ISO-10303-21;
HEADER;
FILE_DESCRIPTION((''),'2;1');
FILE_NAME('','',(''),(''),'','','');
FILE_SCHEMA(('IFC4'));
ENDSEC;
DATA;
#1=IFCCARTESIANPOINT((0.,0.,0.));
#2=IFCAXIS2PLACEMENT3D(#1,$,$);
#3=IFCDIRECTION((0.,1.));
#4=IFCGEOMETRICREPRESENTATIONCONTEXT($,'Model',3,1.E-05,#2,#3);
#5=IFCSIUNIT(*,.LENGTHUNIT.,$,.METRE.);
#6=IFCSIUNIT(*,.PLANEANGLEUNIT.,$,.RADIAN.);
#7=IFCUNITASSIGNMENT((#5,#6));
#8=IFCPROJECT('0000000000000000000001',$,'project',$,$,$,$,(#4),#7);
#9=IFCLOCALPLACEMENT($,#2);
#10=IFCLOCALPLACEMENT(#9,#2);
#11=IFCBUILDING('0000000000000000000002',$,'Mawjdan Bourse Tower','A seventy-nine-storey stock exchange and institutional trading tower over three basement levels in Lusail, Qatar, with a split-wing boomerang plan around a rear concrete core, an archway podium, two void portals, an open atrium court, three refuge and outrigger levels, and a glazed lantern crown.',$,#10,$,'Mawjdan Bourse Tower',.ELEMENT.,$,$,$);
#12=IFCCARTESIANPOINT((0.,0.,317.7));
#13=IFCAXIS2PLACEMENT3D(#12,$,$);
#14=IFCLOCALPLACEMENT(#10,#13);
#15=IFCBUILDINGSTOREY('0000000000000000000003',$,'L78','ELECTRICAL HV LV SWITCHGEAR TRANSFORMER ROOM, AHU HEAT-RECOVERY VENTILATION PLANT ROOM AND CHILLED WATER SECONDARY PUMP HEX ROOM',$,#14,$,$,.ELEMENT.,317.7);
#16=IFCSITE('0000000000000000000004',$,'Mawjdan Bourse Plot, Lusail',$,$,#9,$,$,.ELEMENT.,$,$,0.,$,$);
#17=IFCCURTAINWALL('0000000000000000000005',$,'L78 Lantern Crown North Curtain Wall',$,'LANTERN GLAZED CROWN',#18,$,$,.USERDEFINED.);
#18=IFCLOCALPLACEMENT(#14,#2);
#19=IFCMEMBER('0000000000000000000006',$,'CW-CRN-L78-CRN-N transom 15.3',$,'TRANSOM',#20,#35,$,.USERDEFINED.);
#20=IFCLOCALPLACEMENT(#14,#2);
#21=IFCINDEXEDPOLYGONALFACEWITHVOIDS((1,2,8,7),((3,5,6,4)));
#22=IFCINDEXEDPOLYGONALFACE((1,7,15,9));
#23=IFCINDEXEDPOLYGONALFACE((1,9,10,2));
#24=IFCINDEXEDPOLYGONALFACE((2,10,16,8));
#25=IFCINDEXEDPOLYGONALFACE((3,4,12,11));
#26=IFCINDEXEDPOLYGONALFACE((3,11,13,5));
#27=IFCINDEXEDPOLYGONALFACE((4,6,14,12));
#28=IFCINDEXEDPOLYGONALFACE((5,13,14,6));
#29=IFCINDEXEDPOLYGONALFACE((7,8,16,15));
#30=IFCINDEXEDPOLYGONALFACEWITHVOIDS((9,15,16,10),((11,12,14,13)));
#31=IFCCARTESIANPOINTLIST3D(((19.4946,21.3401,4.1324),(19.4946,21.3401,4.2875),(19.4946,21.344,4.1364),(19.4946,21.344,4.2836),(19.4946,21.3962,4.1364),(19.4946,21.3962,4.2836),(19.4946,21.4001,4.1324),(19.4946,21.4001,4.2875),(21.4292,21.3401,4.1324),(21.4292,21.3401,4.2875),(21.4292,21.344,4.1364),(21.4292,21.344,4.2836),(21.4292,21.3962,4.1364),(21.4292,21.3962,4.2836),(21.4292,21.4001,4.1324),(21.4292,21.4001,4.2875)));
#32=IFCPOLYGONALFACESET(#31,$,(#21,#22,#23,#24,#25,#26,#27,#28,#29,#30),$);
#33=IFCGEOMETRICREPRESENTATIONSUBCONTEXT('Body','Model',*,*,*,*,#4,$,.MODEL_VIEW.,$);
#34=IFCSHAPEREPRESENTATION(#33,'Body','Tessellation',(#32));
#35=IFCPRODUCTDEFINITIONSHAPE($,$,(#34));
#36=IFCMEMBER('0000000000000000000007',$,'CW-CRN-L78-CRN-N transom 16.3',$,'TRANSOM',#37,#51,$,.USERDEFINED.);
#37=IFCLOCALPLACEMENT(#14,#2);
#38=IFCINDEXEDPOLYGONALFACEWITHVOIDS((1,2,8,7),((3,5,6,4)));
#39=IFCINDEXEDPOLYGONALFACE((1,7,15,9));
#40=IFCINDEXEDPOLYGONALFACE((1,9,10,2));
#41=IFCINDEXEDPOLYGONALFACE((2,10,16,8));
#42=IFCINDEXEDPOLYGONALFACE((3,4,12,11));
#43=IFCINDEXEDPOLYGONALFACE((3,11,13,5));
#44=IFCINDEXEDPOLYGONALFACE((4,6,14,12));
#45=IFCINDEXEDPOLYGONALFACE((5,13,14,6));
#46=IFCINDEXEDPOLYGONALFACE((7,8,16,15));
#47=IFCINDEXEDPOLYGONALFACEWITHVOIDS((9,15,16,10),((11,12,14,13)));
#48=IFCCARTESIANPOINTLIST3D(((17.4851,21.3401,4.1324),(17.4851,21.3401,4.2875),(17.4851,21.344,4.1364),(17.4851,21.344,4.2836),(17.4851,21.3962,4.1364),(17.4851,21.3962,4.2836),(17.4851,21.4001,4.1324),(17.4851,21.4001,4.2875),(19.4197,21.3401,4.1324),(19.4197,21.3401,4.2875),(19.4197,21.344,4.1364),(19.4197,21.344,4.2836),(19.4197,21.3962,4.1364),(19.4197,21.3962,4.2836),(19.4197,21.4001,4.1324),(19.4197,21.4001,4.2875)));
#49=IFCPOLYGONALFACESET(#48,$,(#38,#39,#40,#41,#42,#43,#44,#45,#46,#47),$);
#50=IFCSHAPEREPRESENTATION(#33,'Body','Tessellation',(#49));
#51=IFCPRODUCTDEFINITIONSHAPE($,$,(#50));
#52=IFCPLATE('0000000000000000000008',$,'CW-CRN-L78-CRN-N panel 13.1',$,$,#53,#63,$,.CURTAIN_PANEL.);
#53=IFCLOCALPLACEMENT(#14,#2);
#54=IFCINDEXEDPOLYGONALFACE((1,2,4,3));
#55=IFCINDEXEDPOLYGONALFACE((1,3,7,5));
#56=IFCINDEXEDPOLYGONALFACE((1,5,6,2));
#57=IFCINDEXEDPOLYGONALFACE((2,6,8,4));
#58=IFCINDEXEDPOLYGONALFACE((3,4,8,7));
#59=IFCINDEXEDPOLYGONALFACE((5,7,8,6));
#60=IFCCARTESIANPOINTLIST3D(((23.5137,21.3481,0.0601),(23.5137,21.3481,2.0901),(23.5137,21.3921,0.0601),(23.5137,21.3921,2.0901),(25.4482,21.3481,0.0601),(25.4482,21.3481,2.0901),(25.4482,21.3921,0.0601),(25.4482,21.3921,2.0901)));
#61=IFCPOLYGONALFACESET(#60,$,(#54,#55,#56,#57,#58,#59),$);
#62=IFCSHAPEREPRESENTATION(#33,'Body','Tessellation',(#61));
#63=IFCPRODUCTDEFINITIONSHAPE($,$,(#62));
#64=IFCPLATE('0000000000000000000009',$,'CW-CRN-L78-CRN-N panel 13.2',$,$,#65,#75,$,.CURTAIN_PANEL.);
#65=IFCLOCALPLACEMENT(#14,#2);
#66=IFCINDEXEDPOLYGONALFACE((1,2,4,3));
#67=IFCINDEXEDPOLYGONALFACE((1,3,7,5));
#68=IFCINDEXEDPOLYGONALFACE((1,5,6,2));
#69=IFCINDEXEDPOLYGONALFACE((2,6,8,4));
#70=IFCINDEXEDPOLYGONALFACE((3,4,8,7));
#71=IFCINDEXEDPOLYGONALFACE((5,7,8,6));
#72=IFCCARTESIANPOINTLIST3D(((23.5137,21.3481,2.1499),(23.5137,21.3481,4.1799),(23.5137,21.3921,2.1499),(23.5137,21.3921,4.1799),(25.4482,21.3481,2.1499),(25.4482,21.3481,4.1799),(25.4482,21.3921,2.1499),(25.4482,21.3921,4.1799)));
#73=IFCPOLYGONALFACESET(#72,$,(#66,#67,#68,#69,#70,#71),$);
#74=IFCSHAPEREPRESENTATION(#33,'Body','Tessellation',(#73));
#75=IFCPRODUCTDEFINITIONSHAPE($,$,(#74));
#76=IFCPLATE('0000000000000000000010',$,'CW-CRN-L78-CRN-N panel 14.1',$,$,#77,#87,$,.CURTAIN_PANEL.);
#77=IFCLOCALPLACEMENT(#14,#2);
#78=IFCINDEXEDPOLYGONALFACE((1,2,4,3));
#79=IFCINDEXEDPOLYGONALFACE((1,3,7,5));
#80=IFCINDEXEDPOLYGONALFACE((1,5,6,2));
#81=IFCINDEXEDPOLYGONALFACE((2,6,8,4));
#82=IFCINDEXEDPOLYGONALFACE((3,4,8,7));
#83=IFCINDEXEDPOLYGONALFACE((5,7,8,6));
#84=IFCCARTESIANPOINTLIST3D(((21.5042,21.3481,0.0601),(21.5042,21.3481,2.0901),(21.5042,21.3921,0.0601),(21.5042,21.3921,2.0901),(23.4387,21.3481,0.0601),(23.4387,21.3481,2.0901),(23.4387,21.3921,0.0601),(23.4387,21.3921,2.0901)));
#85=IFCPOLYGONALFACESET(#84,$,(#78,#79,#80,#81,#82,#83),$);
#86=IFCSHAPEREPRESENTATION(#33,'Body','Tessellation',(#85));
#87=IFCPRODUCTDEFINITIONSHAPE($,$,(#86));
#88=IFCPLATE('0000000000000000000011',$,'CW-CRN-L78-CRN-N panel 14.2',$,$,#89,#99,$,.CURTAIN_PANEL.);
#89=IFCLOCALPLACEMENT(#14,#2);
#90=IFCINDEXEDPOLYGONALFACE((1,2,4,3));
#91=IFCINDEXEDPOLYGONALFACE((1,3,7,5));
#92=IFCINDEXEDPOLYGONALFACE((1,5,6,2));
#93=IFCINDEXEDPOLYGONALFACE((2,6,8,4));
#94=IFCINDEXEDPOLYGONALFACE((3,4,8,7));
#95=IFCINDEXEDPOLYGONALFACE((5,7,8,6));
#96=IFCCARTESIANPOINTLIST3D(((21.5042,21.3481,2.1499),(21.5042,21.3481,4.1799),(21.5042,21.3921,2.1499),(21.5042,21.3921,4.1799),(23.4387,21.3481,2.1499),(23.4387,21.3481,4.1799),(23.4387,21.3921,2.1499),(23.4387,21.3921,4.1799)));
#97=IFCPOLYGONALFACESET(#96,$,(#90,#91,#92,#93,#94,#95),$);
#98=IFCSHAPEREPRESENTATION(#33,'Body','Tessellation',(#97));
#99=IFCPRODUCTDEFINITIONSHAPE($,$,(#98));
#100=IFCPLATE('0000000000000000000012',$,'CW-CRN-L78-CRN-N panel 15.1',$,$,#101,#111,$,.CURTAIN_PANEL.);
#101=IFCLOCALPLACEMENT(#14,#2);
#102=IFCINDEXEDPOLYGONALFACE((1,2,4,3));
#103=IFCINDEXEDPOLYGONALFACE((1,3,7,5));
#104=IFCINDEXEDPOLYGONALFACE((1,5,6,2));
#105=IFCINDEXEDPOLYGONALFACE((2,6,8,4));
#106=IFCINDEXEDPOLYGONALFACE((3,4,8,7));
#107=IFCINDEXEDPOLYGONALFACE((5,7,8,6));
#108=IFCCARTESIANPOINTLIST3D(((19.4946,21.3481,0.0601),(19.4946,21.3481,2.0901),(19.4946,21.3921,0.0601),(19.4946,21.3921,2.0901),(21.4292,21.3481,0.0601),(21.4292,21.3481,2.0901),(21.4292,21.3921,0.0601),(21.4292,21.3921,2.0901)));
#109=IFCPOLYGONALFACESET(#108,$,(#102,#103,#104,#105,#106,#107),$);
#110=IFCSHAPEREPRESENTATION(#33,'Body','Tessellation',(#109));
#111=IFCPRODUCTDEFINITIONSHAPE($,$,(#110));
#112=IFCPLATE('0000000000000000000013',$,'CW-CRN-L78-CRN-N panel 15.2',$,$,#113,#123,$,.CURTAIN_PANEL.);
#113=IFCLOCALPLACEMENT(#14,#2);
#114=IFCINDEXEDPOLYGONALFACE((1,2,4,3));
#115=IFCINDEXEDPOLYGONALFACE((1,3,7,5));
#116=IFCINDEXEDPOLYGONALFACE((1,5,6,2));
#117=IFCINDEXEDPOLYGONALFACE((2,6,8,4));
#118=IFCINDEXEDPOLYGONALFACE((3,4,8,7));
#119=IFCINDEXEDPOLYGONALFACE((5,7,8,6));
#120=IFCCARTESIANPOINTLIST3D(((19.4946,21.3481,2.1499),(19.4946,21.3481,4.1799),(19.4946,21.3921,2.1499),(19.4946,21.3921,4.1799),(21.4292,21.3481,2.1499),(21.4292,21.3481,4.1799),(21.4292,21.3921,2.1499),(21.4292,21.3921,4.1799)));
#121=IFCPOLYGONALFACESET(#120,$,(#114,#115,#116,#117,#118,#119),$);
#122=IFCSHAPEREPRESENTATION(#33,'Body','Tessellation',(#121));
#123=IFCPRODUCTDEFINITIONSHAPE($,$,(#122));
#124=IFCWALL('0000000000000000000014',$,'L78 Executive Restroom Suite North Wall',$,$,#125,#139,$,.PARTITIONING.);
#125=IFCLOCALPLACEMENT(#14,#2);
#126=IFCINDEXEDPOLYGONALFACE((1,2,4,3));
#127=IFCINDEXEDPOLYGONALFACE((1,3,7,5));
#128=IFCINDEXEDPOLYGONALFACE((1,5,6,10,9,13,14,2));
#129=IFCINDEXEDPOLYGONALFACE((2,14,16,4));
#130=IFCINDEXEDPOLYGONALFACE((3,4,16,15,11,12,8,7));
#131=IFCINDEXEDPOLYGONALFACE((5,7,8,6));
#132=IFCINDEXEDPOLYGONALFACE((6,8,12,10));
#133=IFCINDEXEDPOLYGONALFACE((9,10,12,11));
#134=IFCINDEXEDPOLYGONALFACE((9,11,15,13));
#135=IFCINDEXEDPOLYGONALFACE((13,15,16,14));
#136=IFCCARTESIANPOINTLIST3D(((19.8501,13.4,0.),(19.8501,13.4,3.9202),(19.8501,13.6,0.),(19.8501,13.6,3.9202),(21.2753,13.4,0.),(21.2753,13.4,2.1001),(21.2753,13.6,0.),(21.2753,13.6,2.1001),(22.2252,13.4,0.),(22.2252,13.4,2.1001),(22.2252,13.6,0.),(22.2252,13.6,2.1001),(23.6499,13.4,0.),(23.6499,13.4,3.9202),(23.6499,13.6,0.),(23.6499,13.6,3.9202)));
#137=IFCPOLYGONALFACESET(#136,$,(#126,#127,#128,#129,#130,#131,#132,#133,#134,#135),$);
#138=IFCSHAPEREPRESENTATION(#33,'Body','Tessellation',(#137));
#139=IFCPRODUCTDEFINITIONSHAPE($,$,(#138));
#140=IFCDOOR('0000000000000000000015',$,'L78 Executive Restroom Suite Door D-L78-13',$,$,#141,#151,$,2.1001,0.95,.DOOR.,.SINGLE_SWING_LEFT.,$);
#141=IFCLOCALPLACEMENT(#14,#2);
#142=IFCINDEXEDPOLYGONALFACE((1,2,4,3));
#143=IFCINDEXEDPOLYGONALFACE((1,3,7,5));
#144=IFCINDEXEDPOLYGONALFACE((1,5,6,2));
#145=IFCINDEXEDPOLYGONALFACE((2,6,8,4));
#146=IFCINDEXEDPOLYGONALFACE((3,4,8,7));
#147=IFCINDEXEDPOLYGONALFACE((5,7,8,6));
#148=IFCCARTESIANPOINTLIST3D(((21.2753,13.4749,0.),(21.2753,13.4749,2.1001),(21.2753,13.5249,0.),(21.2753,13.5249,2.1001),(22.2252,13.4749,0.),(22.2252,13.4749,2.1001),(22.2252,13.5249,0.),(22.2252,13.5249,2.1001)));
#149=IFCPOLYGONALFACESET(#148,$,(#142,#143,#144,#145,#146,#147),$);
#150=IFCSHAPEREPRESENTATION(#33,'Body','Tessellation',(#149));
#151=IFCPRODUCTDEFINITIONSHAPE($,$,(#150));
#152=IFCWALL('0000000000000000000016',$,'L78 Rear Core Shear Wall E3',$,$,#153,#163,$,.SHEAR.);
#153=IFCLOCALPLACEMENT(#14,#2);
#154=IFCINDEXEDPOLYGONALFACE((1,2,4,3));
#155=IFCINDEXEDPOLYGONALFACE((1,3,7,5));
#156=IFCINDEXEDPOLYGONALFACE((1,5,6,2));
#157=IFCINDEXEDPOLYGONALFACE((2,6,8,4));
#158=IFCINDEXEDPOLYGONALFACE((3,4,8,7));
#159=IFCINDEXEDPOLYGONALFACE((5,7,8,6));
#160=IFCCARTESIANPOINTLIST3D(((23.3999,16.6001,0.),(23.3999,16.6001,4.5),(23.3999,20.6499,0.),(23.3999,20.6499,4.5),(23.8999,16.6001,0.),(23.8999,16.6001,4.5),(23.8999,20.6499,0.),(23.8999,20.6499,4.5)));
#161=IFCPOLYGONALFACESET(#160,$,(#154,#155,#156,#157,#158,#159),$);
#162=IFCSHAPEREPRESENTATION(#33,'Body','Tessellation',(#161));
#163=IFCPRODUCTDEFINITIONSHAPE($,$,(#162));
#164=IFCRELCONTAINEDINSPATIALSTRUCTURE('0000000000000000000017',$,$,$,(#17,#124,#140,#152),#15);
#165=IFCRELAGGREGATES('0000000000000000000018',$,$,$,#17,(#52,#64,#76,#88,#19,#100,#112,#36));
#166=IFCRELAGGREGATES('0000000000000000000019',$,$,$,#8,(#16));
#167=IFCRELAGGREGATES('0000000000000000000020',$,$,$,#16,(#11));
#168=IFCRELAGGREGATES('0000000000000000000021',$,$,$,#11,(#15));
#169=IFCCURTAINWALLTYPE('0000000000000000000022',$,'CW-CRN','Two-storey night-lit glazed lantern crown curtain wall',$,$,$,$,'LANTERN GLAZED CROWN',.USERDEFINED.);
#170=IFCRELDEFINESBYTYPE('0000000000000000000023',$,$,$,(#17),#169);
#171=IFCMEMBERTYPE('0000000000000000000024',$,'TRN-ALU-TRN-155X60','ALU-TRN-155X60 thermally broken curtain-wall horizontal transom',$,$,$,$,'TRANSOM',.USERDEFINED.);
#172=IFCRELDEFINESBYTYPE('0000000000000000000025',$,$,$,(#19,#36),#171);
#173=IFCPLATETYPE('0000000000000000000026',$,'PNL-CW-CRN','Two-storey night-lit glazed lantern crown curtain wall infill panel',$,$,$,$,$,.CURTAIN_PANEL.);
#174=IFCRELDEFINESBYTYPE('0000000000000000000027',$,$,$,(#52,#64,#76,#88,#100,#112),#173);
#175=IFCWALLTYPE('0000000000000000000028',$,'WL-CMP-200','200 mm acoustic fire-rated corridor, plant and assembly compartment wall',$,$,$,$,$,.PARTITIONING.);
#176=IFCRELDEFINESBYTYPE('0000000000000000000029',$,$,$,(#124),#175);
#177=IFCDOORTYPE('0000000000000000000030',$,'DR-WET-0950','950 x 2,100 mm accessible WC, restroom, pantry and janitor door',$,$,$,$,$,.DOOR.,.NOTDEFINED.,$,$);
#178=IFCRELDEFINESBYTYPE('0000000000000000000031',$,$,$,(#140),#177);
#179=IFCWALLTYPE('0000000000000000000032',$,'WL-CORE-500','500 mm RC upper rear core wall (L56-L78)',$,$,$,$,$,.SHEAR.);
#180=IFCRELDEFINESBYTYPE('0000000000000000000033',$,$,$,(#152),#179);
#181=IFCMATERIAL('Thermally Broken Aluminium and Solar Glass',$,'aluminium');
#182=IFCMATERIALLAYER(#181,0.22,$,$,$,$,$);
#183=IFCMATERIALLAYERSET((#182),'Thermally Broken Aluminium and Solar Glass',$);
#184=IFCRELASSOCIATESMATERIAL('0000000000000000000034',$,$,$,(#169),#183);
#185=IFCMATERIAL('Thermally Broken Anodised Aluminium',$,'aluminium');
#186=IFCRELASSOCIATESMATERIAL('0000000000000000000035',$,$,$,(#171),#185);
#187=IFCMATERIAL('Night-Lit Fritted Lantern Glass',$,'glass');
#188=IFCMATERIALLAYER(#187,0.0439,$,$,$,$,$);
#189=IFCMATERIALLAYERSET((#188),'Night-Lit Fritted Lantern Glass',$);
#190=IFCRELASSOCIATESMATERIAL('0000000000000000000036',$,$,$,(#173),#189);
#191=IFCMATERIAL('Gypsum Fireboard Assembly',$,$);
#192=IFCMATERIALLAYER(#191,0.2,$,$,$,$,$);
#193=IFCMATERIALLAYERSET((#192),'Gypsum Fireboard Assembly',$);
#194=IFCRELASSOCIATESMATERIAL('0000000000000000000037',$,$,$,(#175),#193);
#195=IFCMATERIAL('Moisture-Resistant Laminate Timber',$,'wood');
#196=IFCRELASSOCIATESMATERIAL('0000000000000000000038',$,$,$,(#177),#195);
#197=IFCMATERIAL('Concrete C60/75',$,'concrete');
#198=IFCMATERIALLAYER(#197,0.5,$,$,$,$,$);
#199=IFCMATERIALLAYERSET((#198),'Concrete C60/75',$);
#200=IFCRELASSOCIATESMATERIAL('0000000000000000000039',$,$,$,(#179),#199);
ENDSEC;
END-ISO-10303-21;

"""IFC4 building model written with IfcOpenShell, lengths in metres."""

from ifc_helpers import new_model, si_unit, direction, frame, frame_2d, origin, origin_2d, place, context, subcontext, project, spatial, rectangle, hollow_rectangle, extrude, material, layer, layer_set, material_profile, profile_set, type_object, element, fill, aggregate, save


model = new_model("IFC4")

# Units and contexts
model_context = context("Model", 3, precision=1e-05, world=origin(), true_north=direction((0.0, 1.0)))
body_context = subcontext(model_context, "Body", "Model", "MODEL_VIEW")
ifc_project = project(units=[si_unit("LENGTHUNIT", "METRE"), si_unit("PLANEANGLEUNIT", "RADIAN")], contexts=[model_context])

# Site, building, storey
site_placement = place(None, origin())
site = spatial("IfcSite", under=ifc_project, at=site_placement, Name="Mawjdan Bourse Plot, Lusail", CompositionType="ELEMENT", RefElevation=0.0)
building_placement = place(site_placement, origin())
building = spatial("IfcBuilding", under=site, at=building_placement, Name="Mawjdan Bourse Tower", Description="A seventy-nine-storey stock exchange and institutional trading tower over three basement levels in Lusail, Qatar, with a split-wing boomerang plan around a rear concrete core, an archway podium, two void portals, an open atrium court, three refuge and outrigger levels, and a glazed lantern crown.", LongName="Mawjdan Bourse Tower", CompositionType="ELEMENT")
storey_placement = place(building_placement, frame((0.0, 0.0, 317.7)))
storey = spatial("IfcBuildingStorey", under=building, at=storey_placement, Name="L78", Description="ELECTRICAL HV LV SWITCHGEAR TRANSFORMER ROOM, AHU HEAT-RECOVERY VENTILATION PLANT ROOM AND CHILLED WATER SECONDARY PUMP HEX ROOM", CompositionType="ELEMENT", Elevation=317.7)

# Curtain wall
ifc_material_1 = material(Name="Thermally Broken Aluminium and Solar Glass", Category="aluminium")
ifc_layer_1 = layer(ifc_material_1, 0.22)
ifc_layer_set_1 = layer_set([ifc_layer_1], Name="Thermally Broken Aluminium and Solar Glass")
curtain_wall_type = type_object("IfcCurtainWallType", Name="CW-CRN", Description="Two-storey night-lit glazed lantern crown curtain wall", ElementType="LANTERN GLAZED CROWN", PredefinedType="USERDEFINED", material=ifc_layer_set_1)
curtain_wall_placement = place(storey_placement, origin())
curtain_wall = element("IfcCurtainWall", 1, at=curtain_wall_placement, inside=storey, type_object=curtain_wall_type, Name="L78 Lantern Crown North Curtain Wall", ObjectType="LANTERN GLAZED CROWN", PredefinedType="USERDEFINED")
ifc_material_2 = material(Name="Thermally Broken Anodised Aluminium", Category="aluminium")

# Members
ifc_material_profile_1 = material_profile(ifc_material_2, hollow_rectangle(XDim=0.0601, YDim=0.155, WallThickness=0.0039, at=origin_2d()), Name="ALU-TRN-155X60")
ifc_profile_set_1 = profile_set([ifc_material_profile_1], Name="Thermally Broken Anodised Aluminium")
member_type_1 = type_object("IfcMemberType", Name="TRN-ALU-TRN-155X60", Description="ALU-TRN-155X60 thermally broken curtain-wall horizontal transom", ElementType="TRANSOM", PredefinedType="USERDEFINED", material=ifc_profile_set_1)
member_1_placement = place(storey_placement, frame((21.4292, 21.3701, 4.21), z_axis=(-1.0, 0.0, 0.0), x_axis=(0.0, -1.0, 0.0)))
member_1 = element("IfcMember", 2, at=member_1_placement, type_object=member_type_1, Name="CW-CRN-L78-CRN-N transom 15.3", ObjectType="TRANSOM", PredefinedType="USERDEFINED", context=body_context, shape_type="SweptSolid", body=[
    extrude(hollow_rectangle(XDim=0.0601, YDim=0.155, WallThickness=0.0039, at=origin_2d()), origin(), (0.0, 0.0, 1.0), 1.9346),
])
member_2_placement = place(storey_placement, frame((19.4197, 21.3701, 4.21), z_axis=(-1.0, 0.0, 0.0), x_axis=(0.0, -1.0, 0.0)))
member_2 = element("IfcMember", 3, at=member_2_placement, type_object=member_type_1, Name="CW-CRN-L78-CRN-N transom 16.3", ObjectType="TRANSOM", PredefinedType="USERDEFINED", context=body_context, shape_type="SweptSolid", body=[
    extrude(hollow_rectangle(XDim=0.0601, YDim=0.155, WallThickness=0.0039, at=origin_2d()), origin(), (0.0, 0.0, 1.0), 1.9346),
])

# Plates
ifc_material_3 = material(Name="Night-Lit Fritted Lantern Glass", Category="glass")
ifc_layer_2 = layer(ifc_material_3, 0.0439)
ifc_layer_set_2 = layer_set([ifc_layer_2], Name="Night-Lit Fritted Lantern Glass")
plate_type = type_object("IfcPlateType", Name="PNL-CW-CRN", Description="Two-storey night-lit glazed lantern crown curtain wall infill panel", PredefinedType="CURTAIN_PANEL", material=ifc_layer_set_2)
plate_1_placement = place(storey_placement, frame((24.481, 21.3701, 0.0601), z_axis=(0.0, 0.0, 1.0), x_axis=(-1.0, 0.0, 0.0)))
plate_1 = element("IfcPlate", 4, at=plate_1_placement, type_object=plate_type, Name="CW-CRN-L78-CRN-N panel 13.1", PredefinedType="CURTAIN_PANEL", context=body_context, shape_type="SweptSolid", body=[
    extrude(rectangle(XDim=1.9346, YDim=0.0439, at=origin_2d()), origin(), (0.0, 0.0, 1.0), 2.03),
])
plate_2_placement = place(storey_placement, frame((24.481, 21.3701, 2.1499), z_axis=(0.0, 0.0, 1.0), x_axis=(-1.0, 0.0, 0.0)))
plate_2 = element("IfcPlate", 5, at=plate_2_placement, type_object=plate_type, Name="CW-CRN-L78-CRN-N panel 13.2", PredefinedType="CURTAIN_PANEL", context=body_context, shape_type="SweptSolid", body=[
    extrude(rectangle(XDim=1.9346, YDim=0.0439, at=origin_2d()), origin(), (0.0, 0.0, 1.0), 2.03),
])
plate_3_placement = place(storey_placement, frame((22.4714, 21.3701, 0.0601), z_axis=(0.0, 0.0, 1.0), x_axis=(-1.0, 0.0, 0.0)))
plate_3 = element("IfcPlate", 6, at=plate_3_placement, type_object=plate_type, Name="CW-CRN-L78-CRN-N panel 14.1", PredefinedType="CURTAIN_PANEL", context=body_context, shape_type="SweptSolid", body=[
    extrude(rectangle(XDim=1.9346, YDim=0.0439, at=origin_2d()), origin(), (0.0, 0.0, 1.0), 2.03),
])
plate_4_placement = place(storey_placement, frame((22.4714, 21.3701, 2.1499), z_axis=(0.0, 0.0, 1.0), x_axis=(-1.0, 0.0, 0.0)))
plate_4 = element("IfcPlate", 7, at=plate_4_placement, type_object=plate_type, Name="CW-CRN-L78-CRN-N panel 14.2", PredefinedType="CURTAIN_PANEL", context=body_context, shape_type="SweptSolid", body=[
    extrude(rectangle(XDim=1.9346, YDim=0.0439, at=origin_2d()), origin(), (0.0, 0.0, 1.0), 2.03),
])
plate_5_placement = place(storey_placement, frame((20.4619, 21.3701, 0.0601), z_axis=(0.0, 0.0, 1.0), x_axis=(-1.0, 0.0, 0.0)))
plate_5 = element("IfcPlate", 8, at=plate_5_placement, type_object=plate_type, Name="CW-CRN-L78-CRN-N panel 15.1", PredefinedType="CURTAIN_PANEL", context=body_context, shape_type="SweptSolid", body=[
    extrude(rectangle(XDim=1.9346, YDim=0.0439, at=origin_2d()), origin(), (0.0, 0.0, 1.0), 2.03),
])
plate_6_placement = place(storey_placement, frame((20.4619, 21.3701, 2.1499), z_axis=(0.0, 0.0, 1.0), x_axis=(-1.0, 0.0, 0.0)))
plate_6 = element("IfcPlate", 9, at=plate_6_placement, type_object=plate_type, Name="CW-CRN-L78-CRN-N panel 15.2", PredefinedType="CURTAIN_PANEL", context=body_context, shape_type="SweptSolid", body=[
    extrude(rectangle(XDim=1.9346, YDim=0.0439, at=origin_2d()), origin(), (0.0, 0.0, 1.0), 2.03),
])
aggregate(curtain_wall, [plate_1, plate_2, plate_3, plate_4, member_1, plate_5, plate_6, member_2])

# Wall, opening, door
ifc_material_4 = material(Name="Gypsum Fireboard Assembly")
ifc_layer_3 = layer(ifc_material_4, 0.2)
ifc_layer_set_3 = layer_set([ifc_layer_3], Name="Gypsum Fireboard Assembly")
wall_type_1 = type_object("IfcWallType", Name="WL-CMP-200", Description="200 mm acoustic fire-rated corridor, plant and assembly compartment wall", PredefinedType="PARTITIONING", material=ifc_layer_set_3)
wall_1_placement = place(storey_placement, frame((19.8501, 13.5, 0.0), z_axis=(0.0, 0.0, 1.0), x_axis=(1.0, 0.0, 0.0)))
wall_1 = element("IfcWall", 10, at=wall_1_placement, inside=storey, type_object=wall_type_1, Name="L78 Executive Restroom Suite North Wall", PredefinedType="PARTITIONING", context=body_context, shape_type="SweptSolid", body=[
    extrude(rectangle(XDim=3.7998, YDim=0.2, at=frame_2d((1.8999, 0.0))), origin(), (0.0, 0.0, 1.0), 3.9202),
])
opening_placement = place(wall_1_placement, frame((1.425, 0.0, 0.0)))
opening = element("IfcOpeningElement", 11, at=opening_placement, cuts=wall_1, PredefinedType="OPENING", context=body_context, shape_type="SweptSolid", body=[
    extrude(rectangle(XDim=0.95, YDim=2.1001, at=frame_2d((0.4751, 1.05))), frame((0.0, 0.1099, 0.0), z_axis=(0.0, -1.0, 0.0), x_axis=(1.0, 0.0, 0.0)), (0.0, 0.0, 1.0), 0.22),
])
ifc_material_5 = material(Name="Moisture-Resistant Laminate Timber", Category="wood")
door_type = type_object("IfcDoorType", Name="DR-WET-0950", Description="950 x 2,100 mm accessible WC, restroom, pantry and janitor door", OperationType="NOTDEFINED", PredefinedType="DOOR", material=ifc_material_5)
door_placement = place(opening_placement, origin())
door = element("IfcDoor", 12, at=door_placement, inside=storey, type_object=door_type, Name="L78 Executive Restroom Suite Door D-L78-13", OperationType="SINGLE_SWING_LEFT", OverallHeight=2.1001, OverallWidth=0.95, PredefinedType="DOOR", context=body_context, shape_type="SweptSolid", body=[
    extrude(rectangle(XDim=0.95, YDim=2.1001, at=frame_2d((0.4751, 1.05))), frame((0.0, 0.0249, 0.0), z_axis=(0.0, -1.0, 0.0), x_axis=(1.0, 0.0, 0.0)), (0.0, 0.0, 1.0), 0.05),
])
fill(opening, door)

# Wall
ifc_material_6 = material(Name="Concrete C60/75", Category="concrete")
ifc_layer_4 = layer(ifc_material_6, 0.5)
ifc_layer_set_4 = layer_set([ifc_layer_4], Name="Concrete C60/75")
wall_type_2 = type_object("IfcWallType", Name="WL-CORE-500", Description="500 mm RC upper rear core wall (L56-L78)", PredefinedType="SHEAR", material=ifc_layer_set_4)
wall_2_placement = place(storey_placement, frame((23.6499, 16.6001, 0.0), z_axis=(0.0, 0.0, 1.0), x_axis=(0.0, 1.0, 0.0)))
element("IfcWall", 13, at=wall_2_placement, inside=storey, type_object=wall_type_2, Name="L78 Rear Core Shear Wall E3", PredefinedType="SHEAR", context=body_context, shape_type="SweptSolid", body=[
    extrude(rectangle(XDim=4.0498, YDim=0.5, at=frame_2d((2.0249, 0.0))), origin(), (0.0, 0.0, 1.0), 4.5),
])

save(model, "model.ifc")
